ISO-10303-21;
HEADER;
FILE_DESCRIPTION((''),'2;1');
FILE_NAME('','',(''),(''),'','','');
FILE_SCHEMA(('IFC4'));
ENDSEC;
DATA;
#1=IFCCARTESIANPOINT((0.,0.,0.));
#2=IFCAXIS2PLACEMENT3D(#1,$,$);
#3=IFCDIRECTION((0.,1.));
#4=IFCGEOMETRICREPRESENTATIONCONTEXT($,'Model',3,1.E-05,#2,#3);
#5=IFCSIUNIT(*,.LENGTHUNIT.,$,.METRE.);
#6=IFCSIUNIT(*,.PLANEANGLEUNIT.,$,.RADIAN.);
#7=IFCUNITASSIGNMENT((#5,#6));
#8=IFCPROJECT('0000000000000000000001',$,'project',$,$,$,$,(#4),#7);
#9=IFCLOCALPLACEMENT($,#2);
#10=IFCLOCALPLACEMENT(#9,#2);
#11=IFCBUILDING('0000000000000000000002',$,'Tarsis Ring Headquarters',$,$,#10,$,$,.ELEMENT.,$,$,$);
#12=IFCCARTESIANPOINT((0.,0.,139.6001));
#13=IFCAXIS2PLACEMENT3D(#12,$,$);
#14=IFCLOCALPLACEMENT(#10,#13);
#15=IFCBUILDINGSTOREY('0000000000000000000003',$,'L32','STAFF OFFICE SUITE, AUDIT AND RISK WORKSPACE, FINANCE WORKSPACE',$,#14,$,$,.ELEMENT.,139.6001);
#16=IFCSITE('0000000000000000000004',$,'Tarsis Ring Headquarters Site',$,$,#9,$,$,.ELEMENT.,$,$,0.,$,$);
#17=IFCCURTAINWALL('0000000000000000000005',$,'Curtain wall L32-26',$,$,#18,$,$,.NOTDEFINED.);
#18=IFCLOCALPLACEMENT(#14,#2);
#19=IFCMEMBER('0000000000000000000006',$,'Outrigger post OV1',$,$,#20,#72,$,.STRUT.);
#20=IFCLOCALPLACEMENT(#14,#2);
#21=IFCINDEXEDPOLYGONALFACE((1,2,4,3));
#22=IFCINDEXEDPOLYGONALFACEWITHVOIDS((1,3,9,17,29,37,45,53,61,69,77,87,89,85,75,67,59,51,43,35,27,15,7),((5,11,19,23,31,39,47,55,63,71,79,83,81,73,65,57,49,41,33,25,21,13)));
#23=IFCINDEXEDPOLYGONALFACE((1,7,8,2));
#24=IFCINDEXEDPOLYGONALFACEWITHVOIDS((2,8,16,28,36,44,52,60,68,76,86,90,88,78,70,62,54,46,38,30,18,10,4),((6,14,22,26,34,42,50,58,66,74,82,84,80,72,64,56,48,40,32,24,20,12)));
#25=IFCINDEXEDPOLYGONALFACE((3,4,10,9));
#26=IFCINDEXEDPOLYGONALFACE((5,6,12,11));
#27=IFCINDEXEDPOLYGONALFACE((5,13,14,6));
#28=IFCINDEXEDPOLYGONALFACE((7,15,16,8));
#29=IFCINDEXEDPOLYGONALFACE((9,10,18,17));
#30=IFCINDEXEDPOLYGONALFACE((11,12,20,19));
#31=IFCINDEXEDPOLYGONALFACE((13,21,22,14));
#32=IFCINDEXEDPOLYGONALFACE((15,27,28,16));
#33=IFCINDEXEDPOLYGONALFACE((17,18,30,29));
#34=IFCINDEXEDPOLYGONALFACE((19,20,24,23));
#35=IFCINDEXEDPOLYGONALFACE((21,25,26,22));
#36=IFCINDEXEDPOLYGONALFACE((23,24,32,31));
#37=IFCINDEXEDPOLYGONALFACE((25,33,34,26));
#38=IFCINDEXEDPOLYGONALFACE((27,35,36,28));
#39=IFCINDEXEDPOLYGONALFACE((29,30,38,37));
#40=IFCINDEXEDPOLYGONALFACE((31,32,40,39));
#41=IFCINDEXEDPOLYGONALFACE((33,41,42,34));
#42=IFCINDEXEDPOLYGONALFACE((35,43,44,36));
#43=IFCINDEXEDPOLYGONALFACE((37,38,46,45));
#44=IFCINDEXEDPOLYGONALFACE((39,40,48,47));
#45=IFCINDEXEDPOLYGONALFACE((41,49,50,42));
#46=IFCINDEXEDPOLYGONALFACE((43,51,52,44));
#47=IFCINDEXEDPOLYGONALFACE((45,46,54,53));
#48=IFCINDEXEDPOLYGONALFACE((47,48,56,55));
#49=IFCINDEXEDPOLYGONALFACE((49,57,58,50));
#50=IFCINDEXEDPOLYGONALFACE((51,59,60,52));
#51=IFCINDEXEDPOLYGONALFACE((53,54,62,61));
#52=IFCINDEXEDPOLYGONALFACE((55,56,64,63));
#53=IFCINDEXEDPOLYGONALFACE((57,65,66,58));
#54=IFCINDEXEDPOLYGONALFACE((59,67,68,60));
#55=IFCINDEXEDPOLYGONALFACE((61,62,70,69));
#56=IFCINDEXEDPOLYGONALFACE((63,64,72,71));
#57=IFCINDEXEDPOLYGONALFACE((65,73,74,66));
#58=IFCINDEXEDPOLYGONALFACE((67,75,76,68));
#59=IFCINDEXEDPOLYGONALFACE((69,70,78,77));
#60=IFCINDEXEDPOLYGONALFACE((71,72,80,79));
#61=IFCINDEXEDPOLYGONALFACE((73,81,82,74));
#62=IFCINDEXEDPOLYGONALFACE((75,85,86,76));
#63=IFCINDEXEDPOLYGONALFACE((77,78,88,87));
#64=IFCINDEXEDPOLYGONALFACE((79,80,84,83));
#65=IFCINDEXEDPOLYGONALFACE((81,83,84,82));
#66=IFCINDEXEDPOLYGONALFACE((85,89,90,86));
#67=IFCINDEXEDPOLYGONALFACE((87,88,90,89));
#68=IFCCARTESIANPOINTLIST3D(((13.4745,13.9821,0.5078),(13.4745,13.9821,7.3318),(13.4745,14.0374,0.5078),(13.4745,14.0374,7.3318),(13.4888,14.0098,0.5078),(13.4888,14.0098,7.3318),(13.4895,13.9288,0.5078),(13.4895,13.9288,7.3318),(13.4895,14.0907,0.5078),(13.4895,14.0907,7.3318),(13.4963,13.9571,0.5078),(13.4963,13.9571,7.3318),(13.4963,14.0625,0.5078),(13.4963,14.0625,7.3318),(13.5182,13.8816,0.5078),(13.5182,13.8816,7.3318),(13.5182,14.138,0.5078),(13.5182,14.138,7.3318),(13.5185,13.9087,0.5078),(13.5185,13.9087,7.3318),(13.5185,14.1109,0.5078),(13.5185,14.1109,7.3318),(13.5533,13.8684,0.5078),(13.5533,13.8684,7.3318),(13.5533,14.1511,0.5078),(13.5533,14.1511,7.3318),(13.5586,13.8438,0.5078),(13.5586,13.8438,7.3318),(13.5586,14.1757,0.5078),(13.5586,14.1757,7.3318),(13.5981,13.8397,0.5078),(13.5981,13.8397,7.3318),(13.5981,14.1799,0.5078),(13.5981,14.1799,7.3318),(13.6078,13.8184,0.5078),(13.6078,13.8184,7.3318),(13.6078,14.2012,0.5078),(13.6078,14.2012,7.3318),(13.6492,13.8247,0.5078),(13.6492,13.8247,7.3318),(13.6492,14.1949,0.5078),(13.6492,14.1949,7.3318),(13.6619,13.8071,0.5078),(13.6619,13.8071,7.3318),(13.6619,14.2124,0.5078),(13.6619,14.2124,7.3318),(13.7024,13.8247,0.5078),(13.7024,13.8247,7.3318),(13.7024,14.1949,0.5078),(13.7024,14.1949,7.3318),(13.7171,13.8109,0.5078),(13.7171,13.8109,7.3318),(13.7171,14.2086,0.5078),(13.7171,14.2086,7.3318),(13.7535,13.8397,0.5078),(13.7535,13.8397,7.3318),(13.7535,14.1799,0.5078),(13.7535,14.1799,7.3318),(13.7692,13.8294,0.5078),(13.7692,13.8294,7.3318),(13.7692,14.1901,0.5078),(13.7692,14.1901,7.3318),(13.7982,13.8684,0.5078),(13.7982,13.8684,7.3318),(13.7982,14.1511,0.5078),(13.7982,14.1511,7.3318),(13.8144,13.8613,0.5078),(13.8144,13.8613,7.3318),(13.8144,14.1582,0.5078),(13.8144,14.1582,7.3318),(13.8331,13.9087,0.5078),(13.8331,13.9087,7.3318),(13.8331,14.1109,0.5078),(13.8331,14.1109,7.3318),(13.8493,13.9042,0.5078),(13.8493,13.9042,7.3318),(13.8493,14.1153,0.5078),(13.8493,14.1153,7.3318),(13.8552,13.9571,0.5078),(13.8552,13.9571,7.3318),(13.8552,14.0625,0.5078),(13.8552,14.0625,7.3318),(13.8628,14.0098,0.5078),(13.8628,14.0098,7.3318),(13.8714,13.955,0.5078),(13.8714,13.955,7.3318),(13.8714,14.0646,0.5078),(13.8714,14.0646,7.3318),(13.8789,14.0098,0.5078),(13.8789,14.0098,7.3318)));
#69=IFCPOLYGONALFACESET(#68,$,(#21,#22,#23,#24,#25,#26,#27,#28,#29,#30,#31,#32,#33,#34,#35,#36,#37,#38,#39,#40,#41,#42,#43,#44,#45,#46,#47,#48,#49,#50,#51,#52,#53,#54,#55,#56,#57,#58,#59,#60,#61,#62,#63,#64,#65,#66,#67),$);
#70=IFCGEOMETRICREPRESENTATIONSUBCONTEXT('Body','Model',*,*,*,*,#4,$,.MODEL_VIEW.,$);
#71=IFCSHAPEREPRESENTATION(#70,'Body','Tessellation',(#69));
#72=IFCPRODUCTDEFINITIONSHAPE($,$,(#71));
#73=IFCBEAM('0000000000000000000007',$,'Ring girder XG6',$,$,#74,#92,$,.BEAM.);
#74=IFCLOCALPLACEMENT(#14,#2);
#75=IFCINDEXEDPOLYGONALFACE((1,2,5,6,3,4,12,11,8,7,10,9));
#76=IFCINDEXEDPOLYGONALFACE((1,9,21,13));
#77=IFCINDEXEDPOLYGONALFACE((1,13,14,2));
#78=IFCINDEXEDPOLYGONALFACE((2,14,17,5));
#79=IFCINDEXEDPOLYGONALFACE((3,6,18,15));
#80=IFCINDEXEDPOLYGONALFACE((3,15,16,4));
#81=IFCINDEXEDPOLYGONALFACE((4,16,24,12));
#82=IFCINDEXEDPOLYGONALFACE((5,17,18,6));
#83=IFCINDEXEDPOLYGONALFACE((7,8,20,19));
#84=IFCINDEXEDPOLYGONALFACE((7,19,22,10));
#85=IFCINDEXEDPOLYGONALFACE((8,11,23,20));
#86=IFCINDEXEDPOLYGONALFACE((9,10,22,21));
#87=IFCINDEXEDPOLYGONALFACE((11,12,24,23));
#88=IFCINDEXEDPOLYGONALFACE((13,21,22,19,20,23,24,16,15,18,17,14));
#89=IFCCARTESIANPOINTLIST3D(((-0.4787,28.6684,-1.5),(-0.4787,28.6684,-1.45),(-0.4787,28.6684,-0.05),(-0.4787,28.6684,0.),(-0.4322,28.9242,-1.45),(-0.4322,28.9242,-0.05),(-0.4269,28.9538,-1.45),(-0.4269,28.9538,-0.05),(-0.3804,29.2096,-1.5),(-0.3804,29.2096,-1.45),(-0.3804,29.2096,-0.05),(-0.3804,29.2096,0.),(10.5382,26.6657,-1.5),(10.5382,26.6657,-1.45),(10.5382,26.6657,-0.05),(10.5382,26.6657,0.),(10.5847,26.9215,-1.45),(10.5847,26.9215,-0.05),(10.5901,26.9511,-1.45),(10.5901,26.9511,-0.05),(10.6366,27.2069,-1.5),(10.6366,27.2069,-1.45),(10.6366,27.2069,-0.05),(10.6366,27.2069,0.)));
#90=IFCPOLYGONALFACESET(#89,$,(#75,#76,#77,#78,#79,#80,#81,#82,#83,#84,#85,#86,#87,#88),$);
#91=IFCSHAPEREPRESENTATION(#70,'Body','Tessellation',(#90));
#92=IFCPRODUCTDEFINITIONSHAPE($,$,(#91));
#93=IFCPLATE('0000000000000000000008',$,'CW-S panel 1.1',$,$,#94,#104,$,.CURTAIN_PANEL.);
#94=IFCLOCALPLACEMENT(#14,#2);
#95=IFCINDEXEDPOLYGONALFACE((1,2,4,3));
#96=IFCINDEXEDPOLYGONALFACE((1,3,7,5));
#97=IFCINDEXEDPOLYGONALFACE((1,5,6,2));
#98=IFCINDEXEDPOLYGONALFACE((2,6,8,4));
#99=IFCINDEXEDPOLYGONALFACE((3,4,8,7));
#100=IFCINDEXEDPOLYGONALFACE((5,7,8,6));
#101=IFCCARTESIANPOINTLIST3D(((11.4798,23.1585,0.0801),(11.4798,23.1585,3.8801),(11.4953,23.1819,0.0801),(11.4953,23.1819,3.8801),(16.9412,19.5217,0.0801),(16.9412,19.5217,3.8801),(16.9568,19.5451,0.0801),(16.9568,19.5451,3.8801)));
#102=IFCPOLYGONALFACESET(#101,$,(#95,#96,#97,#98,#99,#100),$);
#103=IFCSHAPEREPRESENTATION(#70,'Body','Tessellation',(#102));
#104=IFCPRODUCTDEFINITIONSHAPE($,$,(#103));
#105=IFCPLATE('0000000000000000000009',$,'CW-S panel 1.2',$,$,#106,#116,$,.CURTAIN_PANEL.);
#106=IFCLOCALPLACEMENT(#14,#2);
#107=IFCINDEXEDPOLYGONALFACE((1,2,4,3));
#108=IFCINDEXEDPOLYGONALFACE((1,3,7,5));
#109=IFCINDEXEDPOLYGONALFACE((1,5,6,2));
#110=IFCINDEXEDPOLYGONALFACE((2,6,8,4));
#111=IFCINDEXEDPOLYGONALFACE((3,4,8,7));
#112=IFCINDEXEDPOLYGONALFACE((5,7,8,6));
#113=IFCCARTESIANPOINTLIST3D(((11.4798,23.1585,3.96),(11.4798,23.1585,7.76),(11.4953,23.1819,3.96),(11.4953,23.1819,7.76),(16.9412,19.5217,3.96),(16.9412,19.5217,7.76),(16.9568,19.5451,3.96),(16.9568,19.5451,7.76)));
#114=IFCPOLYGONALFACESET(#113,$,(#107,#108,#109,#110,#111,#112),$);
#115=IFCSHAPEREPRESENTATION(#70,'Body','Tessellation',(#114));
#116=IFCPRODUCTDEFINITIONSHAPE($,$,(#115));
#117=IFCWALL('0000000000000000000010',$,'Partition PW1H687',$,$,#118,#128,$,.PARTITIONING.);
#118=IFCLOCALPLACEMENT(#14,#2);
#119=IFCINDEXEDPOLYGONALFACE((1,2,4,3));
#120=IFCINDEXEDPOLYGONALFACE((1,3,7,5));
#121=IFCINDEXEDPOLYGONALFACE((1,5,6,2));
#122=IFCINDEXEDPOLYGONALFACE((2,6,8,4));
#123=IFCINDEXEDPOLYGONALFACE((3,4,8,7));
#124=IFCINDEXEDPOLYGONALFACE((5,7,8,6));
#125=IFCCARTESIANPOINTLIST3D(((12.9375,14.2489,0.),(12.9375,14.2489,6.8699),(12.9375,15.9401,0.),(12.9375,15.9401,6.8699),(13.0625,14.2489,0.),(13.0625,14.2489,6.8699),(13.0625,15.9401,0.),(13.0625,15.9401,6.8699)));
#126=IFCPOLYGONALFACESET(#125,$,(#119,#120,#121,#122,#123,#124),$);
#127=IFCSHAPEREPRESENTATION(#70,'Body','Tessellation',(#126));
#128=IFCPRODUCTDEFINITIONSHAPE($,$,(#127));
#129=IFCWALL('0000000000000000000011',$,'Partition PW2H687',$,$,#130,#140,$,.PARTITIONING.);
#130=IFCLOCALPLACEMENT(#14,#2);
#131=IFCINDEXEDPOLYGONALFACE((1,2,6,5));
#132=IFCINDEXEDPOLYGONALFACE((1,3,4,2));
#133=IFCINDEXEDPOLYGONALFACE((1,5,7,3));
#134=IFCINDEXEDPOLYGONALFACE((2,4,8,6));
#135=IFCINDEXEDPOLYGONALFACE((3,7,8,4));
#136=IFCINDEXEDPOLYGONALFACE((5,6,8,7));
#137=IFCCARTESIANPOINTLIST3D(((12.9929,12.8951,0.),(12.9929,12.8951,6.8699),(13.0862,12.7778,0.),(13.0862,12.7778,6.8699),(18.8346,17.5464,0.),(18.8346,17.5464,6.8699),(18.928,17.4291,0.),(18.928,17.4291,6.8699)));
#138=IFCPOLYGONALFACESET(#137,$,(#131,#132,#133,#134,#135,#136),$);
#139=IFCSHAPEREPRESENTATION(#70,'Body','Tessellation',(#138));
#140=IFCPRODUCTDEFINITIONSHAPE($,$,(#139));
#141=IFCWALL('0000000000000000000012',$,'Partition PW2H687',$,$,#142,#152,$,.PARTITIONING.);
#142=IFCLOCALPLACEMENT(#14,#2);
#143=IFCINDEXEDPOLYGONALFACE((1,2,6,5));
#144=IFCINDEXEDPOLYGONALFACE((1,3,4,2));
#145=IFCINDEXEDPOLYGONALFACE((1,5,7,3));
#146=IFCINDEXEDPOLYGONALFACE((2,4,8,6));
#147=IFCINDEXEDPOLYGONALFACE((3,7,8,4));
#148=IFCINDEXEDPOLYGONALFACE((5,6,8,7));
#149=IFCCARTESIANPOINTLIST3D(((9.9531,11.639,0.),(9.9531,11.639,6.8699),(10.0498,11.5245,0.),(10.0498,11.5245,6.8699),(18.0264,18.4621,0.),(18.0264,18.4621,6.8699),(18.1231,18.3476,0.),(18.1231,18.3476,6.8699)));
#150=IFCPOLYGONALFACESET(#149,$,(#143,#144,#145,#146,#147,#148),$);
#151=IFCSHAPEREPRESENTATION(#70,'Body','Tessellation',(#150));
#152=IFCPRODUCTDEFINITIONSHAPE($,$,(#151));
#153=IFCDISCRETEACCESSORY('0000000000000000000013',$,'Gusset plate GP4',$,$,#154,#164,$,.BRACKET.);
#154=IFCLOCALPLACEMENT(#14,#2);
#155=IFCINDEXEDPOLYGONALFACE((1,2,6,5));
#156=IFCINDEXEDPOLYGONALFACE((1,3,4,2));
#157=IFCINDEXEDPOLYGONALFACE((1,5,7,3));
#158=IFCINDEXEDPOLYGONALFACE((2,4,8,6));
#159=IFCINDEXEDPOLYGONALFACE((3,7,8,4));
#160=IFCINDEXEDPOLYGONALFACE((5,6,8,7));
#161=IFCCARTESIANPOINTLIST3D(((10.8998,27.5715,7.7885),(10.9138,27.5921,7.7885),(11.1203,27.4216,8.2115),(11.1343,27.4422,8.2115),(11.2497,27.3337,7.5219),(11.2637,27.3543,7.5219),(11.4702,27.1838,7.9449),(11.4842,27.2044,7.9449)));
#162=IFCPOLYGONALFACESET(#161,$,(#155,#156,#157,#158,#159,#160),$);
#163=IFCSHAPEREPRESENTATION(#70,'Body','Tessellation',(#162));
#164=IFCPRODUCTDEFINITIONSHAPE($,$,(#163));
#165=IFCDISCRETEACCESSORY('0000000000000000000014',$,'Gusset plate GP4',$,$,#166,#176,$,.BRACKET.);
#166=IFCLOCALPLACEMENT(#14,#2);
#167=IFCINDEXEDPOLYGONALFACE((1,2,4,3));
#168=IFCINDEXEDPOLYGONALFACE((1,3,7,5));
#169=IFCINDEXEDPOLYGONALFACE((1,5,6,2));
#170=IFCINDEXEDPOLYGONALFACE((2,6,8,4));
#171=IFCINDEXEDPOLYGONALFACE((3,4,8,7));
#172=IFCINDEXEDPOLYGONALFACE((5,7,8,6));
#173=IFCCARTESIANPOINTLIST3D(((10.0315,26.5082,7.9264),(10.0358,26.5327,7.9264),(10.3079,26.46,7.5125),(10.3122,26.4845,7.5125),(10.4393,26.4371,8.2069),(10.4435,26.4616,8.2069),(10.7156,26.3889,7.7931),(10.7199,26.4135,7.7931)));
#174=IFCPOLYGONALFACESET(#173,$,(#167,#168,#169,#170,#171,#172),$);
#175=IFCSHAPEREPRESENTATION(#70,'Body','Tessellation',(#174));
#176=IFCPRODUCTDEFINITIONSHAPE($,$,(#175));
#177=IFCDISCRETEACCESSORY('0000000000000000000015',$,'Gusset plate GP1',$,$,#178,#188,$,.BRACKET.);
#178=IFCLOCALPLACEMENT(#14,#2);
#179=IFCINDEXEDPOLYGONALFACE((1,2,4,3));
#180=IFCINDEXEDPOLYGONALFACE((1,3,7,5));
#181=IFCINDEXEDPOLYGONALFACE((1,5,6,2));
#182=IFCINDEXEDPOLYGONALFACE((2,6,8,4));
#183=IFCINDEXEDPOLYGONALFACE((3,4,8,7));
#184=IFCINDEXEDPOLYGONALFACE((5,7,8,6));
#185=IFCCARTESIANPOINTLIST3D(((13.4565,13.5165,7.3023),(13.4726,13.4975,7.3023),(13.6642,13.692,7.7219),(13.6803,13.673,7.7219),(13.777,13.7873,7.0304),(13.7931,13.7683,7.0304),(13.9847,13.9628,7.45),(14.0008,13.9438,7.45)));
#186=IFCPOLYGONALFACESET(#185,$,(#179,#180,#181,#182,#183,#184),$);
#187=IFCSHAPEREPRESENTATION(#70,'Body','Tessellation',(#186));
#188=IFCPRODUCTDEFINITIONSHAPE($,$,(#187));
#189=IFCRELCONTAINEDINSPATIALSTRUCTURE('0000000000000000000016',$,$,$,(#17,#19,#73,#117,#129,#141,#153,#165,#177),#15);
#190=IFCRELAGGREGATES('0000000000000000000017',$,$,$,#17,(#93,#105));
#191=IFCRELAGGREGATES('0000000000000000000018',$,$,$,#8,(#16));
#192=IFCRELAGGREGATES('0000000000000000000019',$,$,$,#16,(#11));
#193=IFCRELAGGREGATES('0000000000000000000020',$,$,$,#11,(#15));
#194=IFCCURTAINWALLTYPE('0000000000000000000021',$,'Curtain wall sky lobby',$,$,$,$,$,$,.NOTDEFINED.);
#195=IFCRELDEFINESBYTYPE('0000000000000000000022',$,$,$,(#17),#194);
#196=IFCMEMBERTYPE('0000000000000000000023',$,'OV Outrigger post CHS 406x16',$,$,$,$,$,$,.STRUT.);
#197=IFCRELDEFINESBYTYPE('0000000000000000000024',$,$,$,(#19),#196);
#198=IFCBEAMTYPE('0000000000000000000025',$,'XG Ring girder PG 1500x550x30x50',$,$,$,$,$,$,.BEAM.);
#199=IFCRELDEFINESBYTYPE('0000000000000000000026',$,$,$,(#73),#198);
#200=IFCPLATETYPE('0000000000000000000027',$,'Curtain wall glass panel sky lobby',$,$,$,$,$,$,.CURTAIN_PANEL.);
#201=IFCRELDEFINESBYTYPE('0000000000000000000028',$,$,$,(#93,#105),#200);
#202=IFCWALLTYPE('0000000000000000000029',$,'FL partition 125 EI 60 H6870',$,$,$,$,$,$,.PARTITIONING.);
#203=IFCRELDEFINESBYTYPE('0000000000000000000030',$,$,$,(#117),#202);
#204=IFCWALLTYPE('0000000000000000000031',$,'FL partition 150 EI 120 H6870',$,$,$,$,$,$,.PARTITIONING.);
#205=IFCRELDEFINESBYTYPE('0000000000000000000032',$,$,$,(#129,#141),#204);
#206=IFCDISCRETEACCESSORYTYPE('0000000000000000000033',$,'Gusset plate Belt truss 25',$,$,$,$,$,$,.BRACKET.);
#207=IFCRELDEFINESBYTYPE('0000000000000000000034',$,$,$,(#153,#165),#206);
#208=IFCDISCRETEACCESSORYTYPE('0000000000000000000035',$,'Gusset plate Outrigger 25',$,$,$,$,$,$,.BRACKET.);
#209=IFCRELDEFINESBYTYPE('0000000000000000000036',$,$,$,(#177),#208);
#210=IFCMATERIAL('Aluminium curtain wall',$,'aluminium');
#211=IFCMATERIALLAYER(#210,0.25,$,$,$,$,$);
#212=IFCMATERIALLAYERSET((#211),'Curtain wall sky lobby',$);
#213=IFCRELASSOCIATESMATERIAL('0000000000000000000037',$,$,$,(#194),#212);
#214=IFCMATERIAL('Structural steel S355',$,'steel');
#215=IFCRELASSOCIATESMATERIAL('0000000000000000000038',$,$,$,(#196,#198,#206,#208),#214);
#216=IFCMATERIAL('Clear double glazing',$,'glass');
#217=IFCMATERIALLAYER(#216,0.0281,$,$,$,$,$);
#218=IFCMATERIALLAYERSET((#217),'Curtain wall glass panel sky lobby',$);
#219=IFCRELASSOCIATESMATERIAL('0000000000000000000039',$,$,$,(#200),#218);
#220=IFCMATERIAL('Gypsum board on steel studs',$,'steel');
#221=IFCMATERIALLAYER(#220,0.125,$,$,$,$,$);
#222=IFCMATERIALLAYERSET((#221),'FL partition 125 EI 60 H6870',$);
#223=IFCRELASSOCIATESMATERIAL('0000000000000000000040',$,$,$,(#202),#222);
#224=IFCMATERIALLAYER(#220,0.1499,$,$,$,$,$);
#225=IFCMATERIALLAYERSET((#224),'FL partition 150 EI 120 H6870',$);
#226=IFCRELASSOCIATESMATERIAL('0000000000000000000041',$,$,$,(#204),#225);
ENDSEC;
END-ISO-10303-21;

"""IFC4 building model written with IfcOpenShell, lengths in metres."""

from ifc_helpers import new_model, si_unit, direction, frame, frame_2d, origin, origin_2d, place, context, subcontext, project, spatial, rectangle, hollow_circle, i_section, extrude, material, layer, layer_set, material_profile, profile_set, type_object, element, aggregate, save


model = new_model("IFC4")

# Units and contexts
model_context = context("Model", 3, precision=1e-05, world=origin(), true_north=direction((0.0, 1.0)))
body_context = subcontext(model_context, "Body", "Model", "MODEL_VIEW")
ifc_project = project(units=[si_unit("LENGTHUNIT", "METRE"), si_unit("PLANEANGLEUNIT", "RADIAN")], contexts=[model_context])

# Site, building, storey
site_placement = place(None, origin())
site = spatial("IfcSite", under=ifc_project, at=site_placement, Name="Tarsis Ring Headquarters Site", CompositionType="ELEMENT", RefElevation=0.0)
building_placement = place(site_placement, origin())
building = spatial("IfcBuilding", under=site, at=building_placement, Name="Tarsis Ring Headquarters", CompositionType="ELEMENT")
storey_placement = place(building_placement, frame((0.0, 0.0, 139.6001)))
storey = spatial("IfcBuildingStorey", under=building, at=storey_placement, Name="L32", Description="STAFF OFFICE SUITE, AUDIT AND RISK WORKSPACE, FINANCE WORKSPACE", CompositionType="ELEMENT", Elevation=139.6001)

# Shared definitions
ifc_material_1 = material(Name="Structural steel S355", Category="steel")

# Curtain wall
ifc_material_2 = material(Name="Aluminium curtain wall", Category="aluminium")
ifc_layer_1 = layer(ifc_material_2, 0.25)
ifc_layer_set_1 = layer_set([ifc_layer_1], Name="Curtain wall sky lobby")
curtain_wall_type = type_object("IfcCurtainWallType", Name="Curtain wall sky lobby", PredefinedType="NOTDEFINED", material=ifc_layer_set_1)
curtain_wall_1_placement = place(storey_placement, origin())
curtain_wall_1 = element("IfcCurtainWall", 1, at=curtain_wall_1_placement, inside=storey, type_object=curtain_wall_type, Name="Curtain wall L32-26", PredefinedType="NOTDEFINED")

# Member
ifc_material_profile_1 = material_profile(ifc_material_1, hollow_circle(Radius=0.2031, WallThickness=0.0161, at=origin_2d()), Name="CHS 406x16")
ifc_profile_set_1 = profile_set([ifc_material_profile_1], Name="Structural steel S355")
member_type_1 = type_object("IfcMemberType", Name="OV Outrigger post CHS 406x16", PredefinedType="STRUT", material=ifc_profile_set_1)
member_1_placement = place(storey_placement, frame((13.6758, 14.0098, 0.5078), z_axis=(0.0, 0.0, 1.0), x_axis=(1.0, 0.0, 0.0)))
element("IfcMember", 2, at=member_1_placement, inside=storey, type_object=member_type_1, Name="Outrigger post OV1", PredefinedType="STRUT", context=body_context, shape_type="SweptSolid", body=[
    extrude(hollow_circle(Radius=0.2031, WallThickness=0.0161, at=origin_2d()), origin(), (0.0, 0.0, 1.0), 6.824),
])

# Beam
ifc_material_profile_2 = material_profile(ifc_material_1, i_section(OverallWidth=0.55, OverallDepth=1.5, WebThickness=0.03, FlangeThickness=0.05, at=origin_2d()), Name="PG 1500x550x30x50")
ifc_profile_set_2 = profile_set([ifc_material_profile_2], Name="Structural steel S355")
beam_type_1 = type_object("IfcBeamType", Name="XG Ring girder PG 1500x550x30x50", PredefinedType="BEAM", material=ifc_profile_set_2)
beam_1_placement = place(storey_placement, frame((10.5874, 26.9363, -0.75), z_axis=(-0.983876, 0.178853, 0.0), x_axis=(-0.178853, -0.983876, 0.0)))
element("IfcBeam", 3, at=beam_1_placement, inside=storey, type_object=beam_type_1, Name="Ring girder XG6", PredefinedType="BEAM", context=body_context, shape_type="SweptSolid", body=[
    extrude(i_section(OverallWidth=0.55, OverallDepth=1.5, WebThickness=0.03, FlangeThickness=0.05, at=origin_2d()), origin(), (0.0, 0.0, 1.0), 11.1975),
])

# Plates
ifc_material_3 = material(Name="Clear double glazing", Category="glass")
ifc_layer_2 = layer(ifc_material_3, 0.0281)
ifc_layer_set_2 = layer_set([ifc_layer_2], Name="Curtain wall glass panel sky lobby")
plate_type = type_object("IfcPlateType", Name="Curtain wall glass panel sky lobby", PredefinedType="CURTAIN_PANEL", material=ifc_layer_set_2)
plate_1_placement = place(storey_placement, frame((14.2183, 21.3518, 0.0801), z_axis=(0.0, 0.0, 1.0), x_axis=(-0.832341, 0.554263, 0.0)))
plate_1 = element("IfcPlate", 4, at=plate_1_placement, type_object=plate_type, Name="CW-S panel 1.1", PredefinedType="CURTAIN_PANEL", context=body_context, shape_type="SweptSolid", body=[
    extrude(rectangle(XDim=6.5615, YDim=0.0281, at=origin_2d()), origin(), (0.0, 0.0, 1.0), 3.8),
])
plate_2_placement = place(storey_placement, frame((14.2183, 21.3518, 3.96), z_axis=(0.0, 0.0, 1.0), x_axis=(-0.832341, 0.554263, 0.0)))
plate_2 = element("IfcPlate", 5, at=plate_2_placement, type_object=plate_type, Name="CW-S panel 1.2", PredefinedType="CURTAIN_PANEL", context=body_context, shape_type="SweptSolid", body=[
    extrude(rectangle(XDim=6.5615, YDim=0.0281, at=origin_2d()), origin(), (0.0, 0.0, 1.0), 3.8),
])
aggregate(curtain_wall_1, [plate_1, plate_2])

# Walls
ifc_material_4 = material(Name="Gypsum board on steel studs", Category="steel")
ifc_layer_3 = layer(ifc_material_4, 0.125)
ifc_layer_set_3 = layer_set([ifc_layer_3], Name="FL partition 125 EI 60 H6870")
wall_type_1 = type_object("IfcWallType", Name="FL partition 125 EI 60 H6870", PredefinedType="PARTITIONING", material=ifc_layer_set_3)
wall_1_placement = place(storey_placement, frame((13.0, 14.2488, 0.0), z_axis=(0.0, 0.0, 1.0), x_axis=(0.0, 1.0, 0.0)))
element("IfcWall", 6, at=wall_1_placement, inside=storey, type_object=wall_type_1, Name="Partition PW1H687", PredefinedType="PARTITIONING", context=body_context, shape_type="SweptSolid", body=[
    extrude(rectangle(XDim=1.6912, YDim=0.125, at=frame_2d((0.8457, 0.0))), origin(), (0.0, 0.0, 1.0), 6.8699),
])
ifc_layer_4 = layer(ifc_material_4, 0.1499)
ifc_layer_set_4 = layer_set([ifc_layer_4], Name="FL partition 150 EI 120 H6870")
wall_type_2 = type_object("IfcWallType", Name="FL partition 150 EI 120 H6870", PredefinedType="PARTITIONING", material=ifc_layer_set_4)
wall_2_placement = place(storey_placement, frame((13.0396, 12.8364, 0.0), z_axis=(0.0, 0.0, 1.0), x_axis=(0.782308, 0.622891, 0.0)))
element("IfcWall", 7, at=wall_2_placement, inside=storey, type_object=wall_type_2, Name="Partition PW2H687", PredefinedType="PARTITIONING", context=body_context, shape_type="SweptSolid", body=[
    extrude(rectangle(XDim=7.4673, YDim=0.1499, at=frame_2d((3.7336, 0.0))), origin(), (0.0, 0.0, 1.0), 6.8699),
])
wall_3_placement = place(storey_placement, frame((10.0015, 11.5818, 0.0), z_axis=(0.0, 0.0, 1.0), x_axis=(0.763769, 0.64549, 0.0)))
element("IfcWall", 8, at=wall_3_placement, inside=storey, type_object=wall_type_2, Name="Partition PW2H687", PredefinedType="PARTITIONING", context=body_context, shape_type="SweptSolid", body=[
    extrude(rectangle(XDim=10.5703, YDim=0.1499, at=frame_2d((5.2852, 0.0))), origin(), (0.0, 0.0, 1.0), 6.8699),
])

# Discrete accessories
ifc_material_profile_3 = material_profile(ifc_material_1, rectangle(XDim=0.0249, YDim=0.5, at=origin_2d()), Name="PL 25x500")
ifc_profile_set_3 = profile_set([ifc_material_profile_3], Name="Structural steel S355")
discrete_accessory_type_1 = type_object("IfcDiscreteAccessoryType", Name="Gusset plate Belt truss 25", PredefinedType="BRACKET", material=ifc_profile_set_3)
for number, where, z_axis, x_axis, name in (
    (9, (11.0171, 27.5068, 8.0), (0.69968, -0.475568, -0.533182), (0.562136, 0.827045, 0.0), "Gusset plate GP4"),
    (10, (10.5796, 26.4253, 8.0), (-0.81548, 0.142099, -0.56107), (-0.171665, -0.985155, 0.0), "Gusset plate GP4"),
):
    element("IfcDiscreteAccessory", number, at=place(storey_placement, frame(where, z_axis=z_axis, x_axis=x_axis)), inside=storey, type_object=discrete_accessory_type_1, Name=name, PredefinedType="BRACKET", context=body_context, shape_type="SweptSolid", body=[
        extrude(rectangle(XDim=0.0249, YDim=0.5, at=origin_2d()), origin(), (0.0, 0.0, 1.0), 0.5),
    ])
discrete_accessory_type_2 = type_object("IfcDiscreteAccessoryType", Name="Gusset plate Outrigger 25", PredefinedType="BRACKET", material=ifc_profile_set_3)
for number, where, z_axis, x_axis, name in (
    (11, (13.8325, 13.8179, 7.5859), (-0.415437, -0.350998, -0.839174), (0.645379, -0.763863, 0.0), "Gusset plate GP1"),
):
    element("IfcDiscreteAccessory", number, at=place(storey_placement, frame(where, z_axis=z_axis, x_axis=x_axis)), inside=storey, type_object=discrete_accessory_type_2, Name=name, PredefinedType="BRACKET", context=body_context, shape_type="SweptSolid", body=[
        extrude(rectangle(XDim=0.0249, YDim=0.5, at=origin_2d()), origin(), (0.0, 0.0, 1.0), 0.5),
    ])

save(model, "model.ifc")
